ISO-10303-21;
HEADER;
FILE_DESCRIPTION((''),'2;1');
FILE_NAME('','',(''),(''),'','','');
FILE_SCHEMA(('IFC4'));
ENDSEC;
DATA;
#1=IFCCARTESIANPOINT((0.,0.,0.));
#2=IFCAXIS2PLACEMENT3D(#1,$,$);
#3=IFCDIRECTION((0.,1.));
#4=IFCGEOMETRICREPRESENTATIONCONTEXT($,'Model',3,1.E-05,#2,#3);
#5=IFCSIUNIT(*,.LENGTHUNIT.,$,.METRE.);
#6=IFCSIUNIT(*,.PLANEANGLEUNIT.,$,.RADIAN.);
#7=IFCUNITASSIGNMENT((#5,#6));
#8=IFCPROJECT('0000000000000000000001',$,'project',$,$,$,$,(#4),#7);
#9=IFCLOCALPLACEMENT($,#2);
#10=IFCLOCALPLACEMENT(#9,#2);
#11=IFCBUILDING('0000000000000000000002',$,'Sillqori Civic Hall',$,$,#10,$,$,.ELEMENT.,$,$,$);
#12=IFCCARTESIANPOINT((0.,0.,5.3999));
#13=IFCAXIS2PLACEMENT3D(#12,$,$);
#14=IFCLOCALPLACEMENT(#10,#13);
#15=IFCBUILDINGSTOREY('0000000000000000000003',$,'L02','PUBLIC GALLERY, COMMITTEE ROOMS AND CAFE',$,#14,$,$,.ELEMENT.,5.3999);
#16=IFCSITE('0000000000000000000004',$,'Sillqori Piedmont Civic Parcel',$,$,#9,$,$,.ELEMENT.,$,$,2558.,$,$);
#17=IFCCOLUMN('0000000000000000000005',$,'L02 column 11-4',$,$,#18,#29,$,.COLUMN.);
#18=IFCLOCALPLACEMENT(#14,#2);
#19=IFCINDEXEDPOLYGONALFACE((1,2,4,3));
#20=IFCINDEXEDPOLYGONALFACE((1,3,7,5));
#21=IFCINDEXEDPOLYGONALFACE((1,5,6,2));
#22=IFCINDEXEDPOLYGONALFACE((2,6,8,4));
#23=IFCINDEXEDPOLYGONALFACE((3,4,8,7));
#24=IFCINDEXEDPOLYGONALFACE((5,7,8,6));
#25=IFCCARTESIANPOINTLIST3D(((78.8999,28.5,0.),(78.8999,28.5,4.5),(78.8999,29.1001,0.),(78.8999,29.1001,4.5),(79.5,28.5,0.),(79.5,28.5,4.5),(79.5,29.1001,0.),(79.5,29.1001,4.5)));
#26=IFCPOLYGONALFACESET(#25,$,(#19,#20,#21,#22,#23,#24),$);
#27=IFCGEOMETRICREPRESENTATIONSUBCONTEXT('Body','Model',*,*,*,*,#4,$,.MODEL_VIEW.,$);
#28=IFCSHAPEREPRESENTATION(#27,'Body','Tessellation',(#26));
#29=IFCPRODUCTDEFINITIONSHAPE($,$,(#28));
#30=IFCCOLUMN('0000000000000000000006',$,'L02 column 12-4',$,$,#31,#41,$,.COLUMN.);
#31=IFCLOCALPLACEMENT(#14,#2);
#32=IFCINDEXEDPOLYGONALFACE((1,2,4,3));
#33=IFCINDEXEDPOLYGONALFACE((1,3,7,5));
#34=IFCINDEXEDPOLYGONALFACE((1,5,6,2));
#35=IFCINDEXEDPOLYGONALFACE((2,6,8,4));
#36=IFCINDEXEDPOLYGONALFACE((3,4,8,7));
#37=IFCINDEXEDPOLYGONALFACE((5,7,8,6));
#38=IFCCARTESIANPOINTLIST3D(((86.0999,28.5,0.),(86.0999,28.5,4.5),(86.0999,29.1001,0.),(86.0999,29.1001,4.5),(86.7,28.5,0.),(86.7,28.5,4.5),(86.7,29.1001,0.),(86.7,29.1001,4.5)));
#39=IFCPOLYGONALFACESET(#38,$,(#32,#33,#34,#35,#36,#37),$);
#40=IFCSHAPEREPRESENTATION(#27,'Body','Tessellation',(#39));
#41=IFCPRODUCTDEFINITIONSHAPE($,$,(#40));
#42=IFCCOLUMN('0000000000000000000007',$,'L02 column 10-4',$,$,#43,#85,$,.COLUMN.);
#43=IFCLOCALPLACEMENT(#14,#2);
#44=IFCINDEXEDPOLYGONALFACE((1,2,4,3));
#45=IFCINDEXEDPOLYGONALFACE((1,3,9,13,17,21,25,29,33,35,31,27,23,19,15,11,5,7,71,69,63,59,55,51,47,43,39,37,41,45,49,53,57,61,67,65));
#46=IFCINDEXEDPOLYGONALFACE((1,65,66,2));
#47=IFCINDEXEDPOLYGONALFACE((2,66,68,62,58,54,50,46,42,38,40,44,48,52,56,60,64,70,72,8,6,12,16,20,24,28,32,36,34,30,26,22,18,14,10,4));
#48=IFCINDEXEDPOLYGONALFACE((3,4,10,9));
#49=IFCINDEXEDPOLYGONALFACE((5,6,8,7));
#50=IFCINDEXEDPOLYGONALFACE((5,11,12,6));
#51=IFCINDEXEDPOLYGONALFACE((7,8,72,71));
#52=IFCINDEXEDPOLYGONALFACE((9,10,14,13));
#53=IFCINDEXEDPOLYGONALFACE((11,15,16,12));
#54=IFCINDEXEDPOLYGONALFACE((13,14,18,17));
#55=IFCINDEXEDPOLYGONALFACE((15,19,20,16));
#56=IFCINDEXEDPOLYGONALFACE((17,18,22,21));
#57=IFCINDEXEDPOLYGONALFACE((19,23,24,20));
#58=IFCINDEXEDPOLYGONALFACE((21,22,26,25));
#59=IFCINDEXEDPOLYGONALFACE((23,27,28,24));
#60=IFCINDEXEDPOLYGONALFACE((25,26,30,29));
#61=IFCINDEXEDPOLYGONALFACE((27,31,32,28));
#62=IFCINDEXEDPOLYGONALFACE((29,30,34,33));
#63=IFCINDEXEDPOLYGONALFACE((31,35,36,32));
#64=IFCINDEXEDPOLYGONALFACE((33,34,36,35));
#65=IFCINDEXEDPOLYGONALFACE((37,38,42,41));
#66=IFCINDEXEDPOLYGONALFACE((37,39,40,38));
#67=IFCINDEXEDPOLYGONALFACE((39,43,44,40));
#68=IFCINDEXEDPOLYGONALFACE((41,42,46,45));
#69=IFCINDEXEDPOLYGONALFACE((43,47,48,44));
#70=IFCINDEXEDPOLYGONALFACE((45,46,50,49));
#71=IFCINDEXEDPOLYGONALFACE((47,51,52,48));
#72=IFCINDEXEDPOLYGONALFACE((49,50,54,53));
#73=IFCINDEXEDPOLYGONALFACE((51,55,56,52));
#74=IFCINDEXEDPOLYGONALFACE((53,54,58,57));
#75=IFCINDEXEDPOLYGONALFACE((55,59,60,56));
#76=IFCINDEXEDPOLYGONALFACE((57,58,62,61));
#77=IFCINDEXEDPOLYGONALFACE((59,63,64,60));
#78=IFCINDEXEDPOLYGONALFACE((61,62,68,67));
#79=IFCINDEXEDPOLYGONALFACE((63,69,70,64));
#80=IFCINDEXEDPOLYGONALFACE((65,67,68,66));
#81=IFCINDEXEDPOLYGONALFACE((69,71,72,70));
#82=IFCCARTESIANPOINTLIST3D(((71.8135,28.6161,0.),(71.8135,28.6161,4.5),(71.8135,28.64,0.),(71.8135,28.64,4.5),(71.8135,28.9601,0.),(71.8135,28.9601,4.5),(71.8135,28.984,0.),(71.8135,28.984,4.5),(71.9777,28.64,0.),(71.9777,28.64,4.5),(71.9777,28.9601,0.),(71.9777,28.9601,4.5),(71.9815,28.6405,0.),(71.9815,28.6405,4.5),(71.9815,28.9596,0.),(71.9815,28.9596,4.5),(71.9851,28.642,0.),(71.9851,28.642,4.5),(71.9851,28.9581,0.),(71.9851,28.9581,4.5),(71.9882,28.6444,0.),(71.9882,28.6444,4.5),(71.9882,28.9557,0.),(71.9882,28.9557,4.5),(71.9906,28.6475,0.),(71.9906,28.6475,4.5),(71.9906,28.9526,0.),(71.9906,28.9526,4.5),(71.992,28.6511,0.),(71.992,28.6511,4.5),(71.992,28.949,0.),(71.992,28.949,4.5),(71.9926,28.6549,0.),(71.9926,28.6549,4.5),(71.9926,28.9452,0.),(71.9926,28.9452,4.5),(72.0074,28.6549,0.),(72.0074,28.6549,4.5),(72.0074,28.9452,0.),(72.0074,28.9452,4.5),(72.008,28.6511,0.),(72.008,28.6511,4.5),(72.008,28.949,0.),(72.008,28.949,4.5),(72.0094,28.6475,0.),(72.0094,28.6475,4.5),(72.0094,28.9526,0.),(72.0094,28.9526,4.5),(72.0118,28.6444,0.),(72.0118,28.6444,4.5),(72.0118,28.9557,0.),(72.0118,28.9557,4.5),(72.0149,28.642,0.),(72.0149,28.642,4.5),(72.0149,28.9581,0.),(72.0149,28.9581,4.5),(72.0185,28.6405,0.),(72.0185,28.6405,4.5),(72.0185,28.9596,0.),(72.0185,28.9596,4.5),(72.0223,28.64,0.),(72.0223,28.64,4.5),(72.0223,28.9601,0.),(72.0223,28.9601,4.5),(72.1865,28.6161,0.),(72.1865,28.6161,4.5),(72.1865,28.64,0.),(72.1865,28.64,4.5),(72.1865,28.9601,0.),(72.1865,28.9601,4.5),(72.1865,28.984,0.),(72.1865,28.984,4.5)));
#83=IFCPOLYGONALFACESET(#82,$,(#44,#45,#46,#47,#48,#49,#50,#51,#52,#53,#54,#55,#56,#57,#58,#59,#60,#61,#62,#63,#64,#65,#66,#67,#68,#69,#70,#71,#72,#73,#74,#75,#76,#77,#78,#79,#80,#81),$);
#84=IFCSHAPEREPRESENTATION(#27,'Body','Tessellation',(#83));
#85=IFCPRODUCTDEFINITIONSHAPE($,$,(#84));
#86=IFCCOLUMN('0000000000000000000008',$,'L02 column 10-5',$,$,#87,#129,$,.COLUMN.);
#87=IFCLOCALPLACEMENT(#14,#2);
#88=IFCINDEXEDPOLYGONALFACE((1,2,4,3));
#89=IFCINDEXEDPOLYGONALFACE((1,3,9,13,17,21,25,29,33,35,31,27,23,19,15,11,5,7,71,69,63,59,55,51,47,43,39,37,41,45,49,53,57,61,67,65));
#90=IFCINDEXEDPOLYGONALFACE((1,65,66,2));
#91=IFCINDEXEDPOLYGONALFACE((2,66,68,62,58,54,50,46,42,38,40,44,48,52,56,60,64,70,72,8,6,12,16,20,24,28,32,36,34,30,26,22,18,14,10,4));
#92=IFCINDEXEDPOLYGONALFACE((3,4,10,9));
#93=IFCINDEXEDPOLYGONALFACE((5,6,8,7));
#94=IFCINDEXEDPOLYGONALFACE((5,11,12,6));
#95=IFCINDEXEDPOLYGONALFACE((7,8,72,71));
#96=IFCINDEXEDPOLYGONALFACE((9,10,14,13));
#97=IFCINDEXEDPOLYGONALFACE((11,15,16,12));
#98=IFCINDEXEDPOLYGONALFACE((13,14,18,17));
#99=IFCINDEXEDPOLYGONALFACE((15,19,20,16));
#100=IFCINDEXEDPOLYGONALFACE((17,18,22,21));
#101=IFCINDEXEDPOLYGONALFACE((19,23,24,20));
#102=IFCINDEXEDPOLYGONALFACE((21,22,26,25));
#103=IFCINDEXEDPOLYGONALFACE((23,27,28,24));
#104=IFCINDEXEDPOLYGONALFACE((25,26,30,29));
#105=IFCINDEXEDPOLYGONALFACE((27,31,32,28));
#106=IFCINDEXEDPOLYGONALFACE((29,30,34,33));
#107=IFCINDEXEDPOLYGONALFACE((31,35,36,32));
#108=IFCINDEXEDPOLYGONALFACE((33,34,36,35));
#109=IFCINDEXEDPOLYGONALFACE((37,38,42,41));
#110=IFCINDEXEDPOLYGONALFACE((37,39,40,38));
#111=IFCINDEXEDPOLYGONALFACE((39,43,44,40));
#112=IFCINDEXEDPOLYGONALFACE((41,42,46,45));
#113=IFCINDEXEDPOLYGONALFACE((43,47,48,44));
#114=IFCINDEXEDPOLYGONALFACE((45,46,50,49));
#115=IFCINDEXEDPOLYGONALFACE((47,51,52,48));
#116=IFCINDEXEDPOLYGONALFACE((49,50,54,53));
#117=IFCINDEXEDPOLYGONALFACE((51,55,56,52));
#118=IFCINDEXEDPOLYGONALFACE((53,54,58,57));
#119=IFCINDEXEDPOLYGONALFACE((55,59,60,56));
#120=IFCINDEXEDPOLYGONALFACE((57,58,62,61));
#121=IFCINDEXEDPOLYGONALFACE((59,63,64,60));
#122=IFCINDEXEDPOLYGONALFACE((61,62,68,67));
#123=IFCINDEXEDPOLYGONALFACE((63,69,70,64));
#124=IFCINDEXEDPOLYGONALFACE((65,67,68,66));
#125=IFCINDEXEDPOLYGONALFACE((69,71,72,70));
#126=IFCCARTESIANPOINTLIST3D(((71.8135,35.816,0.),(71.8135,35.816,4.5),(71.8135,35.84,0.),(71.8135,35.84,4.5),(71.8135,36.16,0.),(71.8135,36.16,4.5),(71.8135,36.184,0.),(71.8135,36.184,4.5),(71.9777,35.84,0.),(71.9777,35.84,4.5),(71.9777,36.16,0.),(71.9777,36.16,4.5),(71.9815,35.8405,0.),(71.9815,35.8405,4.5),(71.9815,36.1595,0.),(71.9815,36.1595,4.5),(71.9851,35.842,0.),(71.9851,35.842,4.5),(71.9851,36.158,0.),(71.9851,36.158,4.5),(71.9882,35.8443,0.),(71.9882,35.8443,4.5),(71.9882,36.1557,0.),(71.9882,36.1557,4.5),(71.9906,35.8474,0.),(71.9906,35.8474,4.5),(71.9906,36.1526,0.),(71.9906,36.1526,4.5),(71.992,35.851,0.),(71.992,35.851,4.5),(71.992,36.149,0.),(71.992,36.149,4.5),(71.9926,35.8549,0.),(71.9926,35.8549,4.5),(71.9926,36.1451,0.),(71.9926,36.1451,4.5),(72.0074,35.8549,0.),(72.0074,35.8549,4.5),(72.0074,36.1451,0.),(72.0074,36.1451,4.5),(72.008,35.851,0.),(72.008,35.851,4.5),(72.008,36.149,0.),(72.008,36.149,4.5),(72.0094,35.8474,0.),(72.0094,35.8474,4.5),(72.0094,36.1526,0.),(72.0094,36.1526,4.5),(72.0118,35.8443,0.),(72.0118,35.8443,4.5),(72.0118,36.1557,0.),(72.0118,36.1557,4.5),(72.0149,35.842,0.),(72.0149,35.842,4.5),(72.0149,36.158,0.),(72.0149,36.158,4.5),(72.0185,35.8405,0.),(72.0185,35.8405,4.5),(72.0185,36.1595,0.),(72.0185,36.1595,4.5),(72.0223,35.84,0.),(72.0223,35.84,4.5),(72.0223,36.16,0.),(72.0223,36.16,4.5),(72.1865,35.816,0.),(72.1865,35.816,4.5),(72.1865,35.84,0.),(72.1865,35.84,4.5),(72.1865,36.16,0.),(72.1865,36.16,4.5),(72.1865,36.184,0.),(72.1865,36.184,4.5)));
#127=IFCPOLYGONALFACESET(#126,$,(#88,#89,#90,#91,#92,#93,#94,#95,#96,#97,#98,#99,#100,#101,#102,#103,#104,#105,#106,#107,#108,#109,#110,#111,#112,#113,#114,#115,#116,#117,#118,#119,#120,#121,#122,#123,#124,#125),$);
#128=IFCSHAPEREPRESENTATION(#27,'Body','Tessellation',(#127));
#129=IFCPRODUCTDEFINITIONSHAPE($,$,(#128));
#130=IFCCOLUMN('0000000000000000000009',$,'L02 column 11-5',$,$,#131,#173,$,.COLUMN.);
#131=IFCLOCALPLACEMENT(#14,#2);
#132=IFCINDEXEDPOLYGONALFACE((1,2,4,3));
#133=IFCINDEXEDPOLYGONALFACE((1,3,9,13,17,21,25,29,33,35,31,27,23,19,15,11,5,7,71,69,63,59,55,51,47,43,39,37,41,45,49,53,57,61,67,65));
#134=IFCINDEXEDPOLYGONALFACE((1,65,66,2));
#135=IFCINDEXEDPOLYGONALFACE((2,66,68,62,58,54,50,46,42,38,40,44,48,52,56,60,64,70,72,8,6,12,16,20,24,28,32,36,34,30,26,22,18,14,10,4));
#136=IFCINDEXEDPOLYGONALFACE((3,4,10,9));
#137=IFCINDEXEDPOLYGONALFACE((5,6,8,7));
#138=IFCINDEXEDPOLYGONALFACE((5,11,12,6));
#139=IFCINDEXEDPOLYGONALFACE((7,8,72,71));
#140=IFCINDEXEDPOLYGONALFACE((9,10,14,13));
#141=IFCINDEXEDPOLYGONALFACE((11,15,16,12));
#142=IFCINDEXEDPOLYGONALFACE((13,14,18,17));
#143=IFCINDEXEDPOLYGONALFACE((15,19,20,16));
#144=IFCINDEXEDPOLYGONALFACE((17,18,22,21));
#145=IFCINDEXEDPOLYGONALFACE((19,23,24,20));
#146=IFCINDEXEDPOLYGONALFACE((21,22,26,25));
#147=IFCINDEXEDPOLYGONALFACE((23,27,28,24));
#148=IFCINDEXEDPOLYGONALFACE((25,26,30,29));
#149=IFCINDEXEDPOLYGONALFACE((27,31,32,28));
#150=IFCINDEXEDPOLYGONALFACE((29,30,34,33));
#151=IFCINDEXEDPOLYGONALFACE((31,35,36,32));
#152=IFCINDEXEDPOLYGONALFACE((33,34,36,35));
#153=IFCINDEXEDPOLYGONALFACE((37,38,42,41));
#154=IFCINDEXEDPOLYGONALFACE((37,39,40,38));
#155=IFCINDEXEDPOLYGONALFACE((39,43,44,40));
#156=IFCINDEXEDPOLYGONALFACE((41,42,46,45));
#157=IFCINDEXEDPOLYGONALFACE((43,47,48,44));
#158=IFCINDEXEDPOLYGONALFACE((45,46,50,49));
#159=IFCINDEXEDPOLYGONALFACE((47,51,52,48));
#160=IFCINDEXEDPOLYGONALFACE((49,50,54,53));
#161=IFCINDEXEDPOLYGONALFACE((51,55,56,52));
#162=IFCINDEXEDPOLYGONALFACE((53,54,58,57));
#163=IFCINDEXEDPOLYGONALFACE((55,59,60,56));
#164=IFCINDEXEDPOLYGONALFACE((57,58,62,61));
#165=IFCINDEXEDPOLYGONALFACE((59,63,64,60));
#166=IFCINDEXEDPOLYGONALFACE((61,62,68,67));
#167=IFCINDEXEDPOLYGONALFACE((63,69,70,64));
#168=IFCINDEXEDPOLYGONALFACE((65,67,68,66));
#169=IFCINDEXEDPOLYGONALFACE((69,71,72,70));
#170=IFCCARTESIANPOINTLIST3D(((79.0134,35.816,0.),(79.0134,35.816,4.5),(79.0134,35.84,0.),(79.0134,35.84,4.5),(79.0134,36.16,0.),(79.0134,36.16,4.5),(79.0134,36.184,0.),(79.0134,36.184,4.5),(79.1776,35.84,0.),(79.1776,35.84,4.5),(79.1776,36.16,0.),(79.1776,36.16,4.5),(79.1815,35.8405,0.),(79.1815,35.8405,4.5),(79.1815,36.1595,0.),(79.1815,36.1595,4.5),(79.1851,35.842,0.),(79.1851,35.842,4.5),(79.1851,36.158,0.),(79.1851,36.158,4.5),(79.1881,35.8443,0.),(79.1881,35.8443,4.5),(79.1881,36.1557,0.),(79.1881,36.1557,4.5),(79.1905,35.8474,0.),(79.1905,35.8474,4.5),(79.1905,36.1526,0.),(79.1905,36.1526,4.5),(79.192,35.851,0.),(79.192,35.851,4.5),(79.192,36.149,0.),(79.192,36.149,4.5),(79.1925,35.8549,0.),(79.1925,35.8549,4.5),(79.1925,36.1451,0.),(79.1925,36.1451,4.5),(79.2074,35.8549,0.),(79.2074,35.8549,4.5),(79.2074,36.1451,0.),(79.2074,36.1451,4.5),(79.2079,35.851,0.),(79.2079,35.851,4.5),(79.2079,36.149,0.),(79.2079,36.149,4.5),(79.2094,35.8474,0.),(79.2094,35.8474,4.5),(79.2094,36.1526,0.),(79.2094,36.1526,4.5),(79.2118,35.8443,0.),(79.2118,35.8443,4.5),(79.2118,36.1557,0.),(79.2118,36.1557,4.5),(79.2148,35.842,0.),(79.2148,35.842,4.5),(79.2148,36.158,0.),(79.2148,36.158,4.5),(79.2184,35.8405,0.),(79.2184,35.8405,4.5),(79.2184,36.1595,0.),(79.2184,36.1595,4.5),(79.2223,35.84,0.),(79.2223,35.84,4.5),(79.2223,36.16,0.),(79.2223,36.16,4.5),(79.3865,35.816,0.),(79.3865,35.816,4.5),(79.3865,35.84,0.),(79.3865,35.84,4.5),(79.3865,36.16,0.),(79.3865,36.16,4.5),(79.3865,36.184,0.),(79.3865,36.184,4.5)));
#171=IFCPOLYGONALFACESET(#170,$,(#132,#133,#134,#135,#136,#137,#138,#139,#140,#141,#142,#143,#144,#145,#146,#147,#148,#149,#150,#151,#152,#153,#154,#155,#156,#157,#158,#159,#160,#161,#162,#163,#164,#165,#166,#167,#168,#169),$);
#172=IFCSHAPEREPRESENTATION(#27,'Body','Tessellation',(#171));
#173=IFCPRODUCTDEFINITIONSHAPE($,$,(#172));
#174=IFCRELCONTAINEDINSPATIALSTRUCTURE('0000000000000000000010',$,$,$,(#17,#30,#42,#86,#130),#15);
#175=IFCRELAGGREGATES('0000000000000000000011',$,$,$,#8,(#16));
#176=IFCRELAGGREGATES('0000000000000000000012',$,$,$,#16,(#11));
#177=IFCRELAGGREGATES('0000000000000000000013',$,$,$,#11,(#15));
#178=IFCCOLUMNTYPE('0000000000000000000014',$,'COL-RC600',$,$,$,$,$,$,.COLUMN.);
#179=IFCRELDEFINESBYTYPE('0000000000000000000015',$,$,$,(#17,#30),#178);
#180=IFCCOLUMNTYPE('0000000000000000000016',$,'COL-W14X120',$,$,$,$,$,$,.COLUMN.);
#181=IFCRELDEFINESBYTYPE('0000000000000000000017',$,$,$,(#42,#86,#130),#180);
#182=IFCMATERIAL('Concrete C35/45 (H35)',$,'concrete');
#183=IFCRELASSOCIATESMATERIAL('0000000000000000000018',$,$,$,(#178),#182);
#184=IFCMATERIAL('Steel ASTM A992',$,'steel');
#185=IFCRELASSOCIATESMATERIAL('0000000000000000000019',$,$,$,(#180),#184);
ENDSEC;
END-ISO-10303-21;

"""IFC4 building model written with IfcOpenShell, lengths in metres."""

from ifc_helpers import new_model, si_unit, direction, frame, origin, origin_2d, place, context, subcontext, project, spatial, rectangle, i_section, extrude, material, material_profile, profile_set, type_object, element, save


model = new_model("IFC4")

# Units and contexts
model_context = context("Model", 3, precision=1e-05, world=origin(), true_north=direction((0.0, 1.0)))
body_context = subcontext(model_context, "Body", "Model", "MODEL_VIEW")
ifc_project = project(units=[si_unit("LENGTHUNIT", "METRE"), si_unit("PLANEANGLEUNIT", "RADIAN")], contexts=[model_context])

# Site, building, storey
site_placement = place(None, origin())
site = spatial("IfcSite", under=ifc_project, at=site_placement, Name="Sillqori Piedmont Civic Parcel", CompositionType="ELEMENT", RefElevation=2558.0)
building_placement = place(site_placement, origin())
building = spatial("IfcBuilding", under=site, at=building_placement, Name="Sillqori Civic Hall", CompositionType="ELEMENT")
storey_placement = place(building_placement, frame((0.0, 0.0, 5.3999)))
storey = spatial("IfcBuildingStorey", under=building, at=storey_placement, Name="L02", Description="PUBLIC GALLERY, COMMITTEE ROOMS AND CAFE", CompositionType="ELEMENT", Elevation=5.3999)

# Columns
ifc_material_1 = material(Name="Concrete C35/45 (H35)", Category="concrete")
ifc_material_profile_1 = material_profile(ifc_material_1, rectangle(XDim=0.6001, YDim=0.6001, at=origin_2d()), Name="RC 600x600")
ifc_profile_set_1 = profile_set([ifc_material_profile_1], Name="Concrete C35/45 (H35)")
column_type_1 = type_object("IfcColumnType", Name="COL-RC600", PredefinedType="COLUMN", material=ifc_profile_set_1)
for number, where, z_axis, x_axis, name in (
    (1, (79.2, 28.8, 0.0), (0.0, 0.0, 1.0), (1.0, 0.0, 0.0), "L02 column 11-4"),
    (2, (86.3999, 28.8, 0.0), (0.0, 0.0, 1.0), (1.0, 0.0, 0.0), "L02 column 12-4"),
):
    element("IfcColumn", number, at=place(storey_placement, frame(where, z_axis=z_axis, x_axis=x_axis)), inside=storey, type_object=column_type_1, Name=name, PredefinedType="COLUMN", context=body_context, shape_type="SweptSolid", body=[
        extrude(rectangle(XDim=0.6001, YDim=0.6001, at=origin_2d()), origin(), (0.0, 0.0, 1.0), 4.5),
    ])
ifc_material_2 = material(Name="Steel ASTM A992", Category="steel")
ifc_material_profile_2 = material_profile(ifc_material_2, i_section(OverallWidth=0.373, OverallDepth=0.3679, WebThickness=0.0149, FlangeThickness=0.0239, FilletRadius=0.0149, at=origin_2d()), Name="W14X120")
ifc_profile_set_2 = profile_set([ifc_material_profile_2], Name="Steel ASTM A992")
column_type_2 = type_object("IfcColumnType", Name="COL-W14X120", PredefinedType="COLUMN", material=ifc_profile_set_2)
for number, where, z_axis, x_axis, name in (
    (3, (72.0, 28.8, 0.0), (0.0, 0.0, 1.0), (1.0, 0.0, 0.0), "L02 column 10-4"),
    (4, (72.0, 36.0, 0.0), (0.0, 0.0, 1.0), (1.0, 0.0, 0.0), "L02 column 10-5"),
    (5, (79.2, 36.0, 0.0), (0.0, 0.0, 1.0), (1.0, 0.0, 0.0), "L02 column 11-5"),
):
    element("IfcColumn", number, at=place(storey_placement, frame(where, z_axis=z_axis, x_axis=x_axis)), inside=storey, type_object=column_type_2, Name=name, PredefinedType="COLUMN", context=body_context, shape_type="SweptSolid", body=[
        extrude(i_section(OverallWidth=0.373, OverallDepth=0.3679, WebThickness=0.0149, FlangeThickness=0.0239, FilletRadius=0.0149, at=origin_2d()), origin(), (0.0, 0.0, 1.0), 4.5),
    ])

save(model, "model.ifc")
